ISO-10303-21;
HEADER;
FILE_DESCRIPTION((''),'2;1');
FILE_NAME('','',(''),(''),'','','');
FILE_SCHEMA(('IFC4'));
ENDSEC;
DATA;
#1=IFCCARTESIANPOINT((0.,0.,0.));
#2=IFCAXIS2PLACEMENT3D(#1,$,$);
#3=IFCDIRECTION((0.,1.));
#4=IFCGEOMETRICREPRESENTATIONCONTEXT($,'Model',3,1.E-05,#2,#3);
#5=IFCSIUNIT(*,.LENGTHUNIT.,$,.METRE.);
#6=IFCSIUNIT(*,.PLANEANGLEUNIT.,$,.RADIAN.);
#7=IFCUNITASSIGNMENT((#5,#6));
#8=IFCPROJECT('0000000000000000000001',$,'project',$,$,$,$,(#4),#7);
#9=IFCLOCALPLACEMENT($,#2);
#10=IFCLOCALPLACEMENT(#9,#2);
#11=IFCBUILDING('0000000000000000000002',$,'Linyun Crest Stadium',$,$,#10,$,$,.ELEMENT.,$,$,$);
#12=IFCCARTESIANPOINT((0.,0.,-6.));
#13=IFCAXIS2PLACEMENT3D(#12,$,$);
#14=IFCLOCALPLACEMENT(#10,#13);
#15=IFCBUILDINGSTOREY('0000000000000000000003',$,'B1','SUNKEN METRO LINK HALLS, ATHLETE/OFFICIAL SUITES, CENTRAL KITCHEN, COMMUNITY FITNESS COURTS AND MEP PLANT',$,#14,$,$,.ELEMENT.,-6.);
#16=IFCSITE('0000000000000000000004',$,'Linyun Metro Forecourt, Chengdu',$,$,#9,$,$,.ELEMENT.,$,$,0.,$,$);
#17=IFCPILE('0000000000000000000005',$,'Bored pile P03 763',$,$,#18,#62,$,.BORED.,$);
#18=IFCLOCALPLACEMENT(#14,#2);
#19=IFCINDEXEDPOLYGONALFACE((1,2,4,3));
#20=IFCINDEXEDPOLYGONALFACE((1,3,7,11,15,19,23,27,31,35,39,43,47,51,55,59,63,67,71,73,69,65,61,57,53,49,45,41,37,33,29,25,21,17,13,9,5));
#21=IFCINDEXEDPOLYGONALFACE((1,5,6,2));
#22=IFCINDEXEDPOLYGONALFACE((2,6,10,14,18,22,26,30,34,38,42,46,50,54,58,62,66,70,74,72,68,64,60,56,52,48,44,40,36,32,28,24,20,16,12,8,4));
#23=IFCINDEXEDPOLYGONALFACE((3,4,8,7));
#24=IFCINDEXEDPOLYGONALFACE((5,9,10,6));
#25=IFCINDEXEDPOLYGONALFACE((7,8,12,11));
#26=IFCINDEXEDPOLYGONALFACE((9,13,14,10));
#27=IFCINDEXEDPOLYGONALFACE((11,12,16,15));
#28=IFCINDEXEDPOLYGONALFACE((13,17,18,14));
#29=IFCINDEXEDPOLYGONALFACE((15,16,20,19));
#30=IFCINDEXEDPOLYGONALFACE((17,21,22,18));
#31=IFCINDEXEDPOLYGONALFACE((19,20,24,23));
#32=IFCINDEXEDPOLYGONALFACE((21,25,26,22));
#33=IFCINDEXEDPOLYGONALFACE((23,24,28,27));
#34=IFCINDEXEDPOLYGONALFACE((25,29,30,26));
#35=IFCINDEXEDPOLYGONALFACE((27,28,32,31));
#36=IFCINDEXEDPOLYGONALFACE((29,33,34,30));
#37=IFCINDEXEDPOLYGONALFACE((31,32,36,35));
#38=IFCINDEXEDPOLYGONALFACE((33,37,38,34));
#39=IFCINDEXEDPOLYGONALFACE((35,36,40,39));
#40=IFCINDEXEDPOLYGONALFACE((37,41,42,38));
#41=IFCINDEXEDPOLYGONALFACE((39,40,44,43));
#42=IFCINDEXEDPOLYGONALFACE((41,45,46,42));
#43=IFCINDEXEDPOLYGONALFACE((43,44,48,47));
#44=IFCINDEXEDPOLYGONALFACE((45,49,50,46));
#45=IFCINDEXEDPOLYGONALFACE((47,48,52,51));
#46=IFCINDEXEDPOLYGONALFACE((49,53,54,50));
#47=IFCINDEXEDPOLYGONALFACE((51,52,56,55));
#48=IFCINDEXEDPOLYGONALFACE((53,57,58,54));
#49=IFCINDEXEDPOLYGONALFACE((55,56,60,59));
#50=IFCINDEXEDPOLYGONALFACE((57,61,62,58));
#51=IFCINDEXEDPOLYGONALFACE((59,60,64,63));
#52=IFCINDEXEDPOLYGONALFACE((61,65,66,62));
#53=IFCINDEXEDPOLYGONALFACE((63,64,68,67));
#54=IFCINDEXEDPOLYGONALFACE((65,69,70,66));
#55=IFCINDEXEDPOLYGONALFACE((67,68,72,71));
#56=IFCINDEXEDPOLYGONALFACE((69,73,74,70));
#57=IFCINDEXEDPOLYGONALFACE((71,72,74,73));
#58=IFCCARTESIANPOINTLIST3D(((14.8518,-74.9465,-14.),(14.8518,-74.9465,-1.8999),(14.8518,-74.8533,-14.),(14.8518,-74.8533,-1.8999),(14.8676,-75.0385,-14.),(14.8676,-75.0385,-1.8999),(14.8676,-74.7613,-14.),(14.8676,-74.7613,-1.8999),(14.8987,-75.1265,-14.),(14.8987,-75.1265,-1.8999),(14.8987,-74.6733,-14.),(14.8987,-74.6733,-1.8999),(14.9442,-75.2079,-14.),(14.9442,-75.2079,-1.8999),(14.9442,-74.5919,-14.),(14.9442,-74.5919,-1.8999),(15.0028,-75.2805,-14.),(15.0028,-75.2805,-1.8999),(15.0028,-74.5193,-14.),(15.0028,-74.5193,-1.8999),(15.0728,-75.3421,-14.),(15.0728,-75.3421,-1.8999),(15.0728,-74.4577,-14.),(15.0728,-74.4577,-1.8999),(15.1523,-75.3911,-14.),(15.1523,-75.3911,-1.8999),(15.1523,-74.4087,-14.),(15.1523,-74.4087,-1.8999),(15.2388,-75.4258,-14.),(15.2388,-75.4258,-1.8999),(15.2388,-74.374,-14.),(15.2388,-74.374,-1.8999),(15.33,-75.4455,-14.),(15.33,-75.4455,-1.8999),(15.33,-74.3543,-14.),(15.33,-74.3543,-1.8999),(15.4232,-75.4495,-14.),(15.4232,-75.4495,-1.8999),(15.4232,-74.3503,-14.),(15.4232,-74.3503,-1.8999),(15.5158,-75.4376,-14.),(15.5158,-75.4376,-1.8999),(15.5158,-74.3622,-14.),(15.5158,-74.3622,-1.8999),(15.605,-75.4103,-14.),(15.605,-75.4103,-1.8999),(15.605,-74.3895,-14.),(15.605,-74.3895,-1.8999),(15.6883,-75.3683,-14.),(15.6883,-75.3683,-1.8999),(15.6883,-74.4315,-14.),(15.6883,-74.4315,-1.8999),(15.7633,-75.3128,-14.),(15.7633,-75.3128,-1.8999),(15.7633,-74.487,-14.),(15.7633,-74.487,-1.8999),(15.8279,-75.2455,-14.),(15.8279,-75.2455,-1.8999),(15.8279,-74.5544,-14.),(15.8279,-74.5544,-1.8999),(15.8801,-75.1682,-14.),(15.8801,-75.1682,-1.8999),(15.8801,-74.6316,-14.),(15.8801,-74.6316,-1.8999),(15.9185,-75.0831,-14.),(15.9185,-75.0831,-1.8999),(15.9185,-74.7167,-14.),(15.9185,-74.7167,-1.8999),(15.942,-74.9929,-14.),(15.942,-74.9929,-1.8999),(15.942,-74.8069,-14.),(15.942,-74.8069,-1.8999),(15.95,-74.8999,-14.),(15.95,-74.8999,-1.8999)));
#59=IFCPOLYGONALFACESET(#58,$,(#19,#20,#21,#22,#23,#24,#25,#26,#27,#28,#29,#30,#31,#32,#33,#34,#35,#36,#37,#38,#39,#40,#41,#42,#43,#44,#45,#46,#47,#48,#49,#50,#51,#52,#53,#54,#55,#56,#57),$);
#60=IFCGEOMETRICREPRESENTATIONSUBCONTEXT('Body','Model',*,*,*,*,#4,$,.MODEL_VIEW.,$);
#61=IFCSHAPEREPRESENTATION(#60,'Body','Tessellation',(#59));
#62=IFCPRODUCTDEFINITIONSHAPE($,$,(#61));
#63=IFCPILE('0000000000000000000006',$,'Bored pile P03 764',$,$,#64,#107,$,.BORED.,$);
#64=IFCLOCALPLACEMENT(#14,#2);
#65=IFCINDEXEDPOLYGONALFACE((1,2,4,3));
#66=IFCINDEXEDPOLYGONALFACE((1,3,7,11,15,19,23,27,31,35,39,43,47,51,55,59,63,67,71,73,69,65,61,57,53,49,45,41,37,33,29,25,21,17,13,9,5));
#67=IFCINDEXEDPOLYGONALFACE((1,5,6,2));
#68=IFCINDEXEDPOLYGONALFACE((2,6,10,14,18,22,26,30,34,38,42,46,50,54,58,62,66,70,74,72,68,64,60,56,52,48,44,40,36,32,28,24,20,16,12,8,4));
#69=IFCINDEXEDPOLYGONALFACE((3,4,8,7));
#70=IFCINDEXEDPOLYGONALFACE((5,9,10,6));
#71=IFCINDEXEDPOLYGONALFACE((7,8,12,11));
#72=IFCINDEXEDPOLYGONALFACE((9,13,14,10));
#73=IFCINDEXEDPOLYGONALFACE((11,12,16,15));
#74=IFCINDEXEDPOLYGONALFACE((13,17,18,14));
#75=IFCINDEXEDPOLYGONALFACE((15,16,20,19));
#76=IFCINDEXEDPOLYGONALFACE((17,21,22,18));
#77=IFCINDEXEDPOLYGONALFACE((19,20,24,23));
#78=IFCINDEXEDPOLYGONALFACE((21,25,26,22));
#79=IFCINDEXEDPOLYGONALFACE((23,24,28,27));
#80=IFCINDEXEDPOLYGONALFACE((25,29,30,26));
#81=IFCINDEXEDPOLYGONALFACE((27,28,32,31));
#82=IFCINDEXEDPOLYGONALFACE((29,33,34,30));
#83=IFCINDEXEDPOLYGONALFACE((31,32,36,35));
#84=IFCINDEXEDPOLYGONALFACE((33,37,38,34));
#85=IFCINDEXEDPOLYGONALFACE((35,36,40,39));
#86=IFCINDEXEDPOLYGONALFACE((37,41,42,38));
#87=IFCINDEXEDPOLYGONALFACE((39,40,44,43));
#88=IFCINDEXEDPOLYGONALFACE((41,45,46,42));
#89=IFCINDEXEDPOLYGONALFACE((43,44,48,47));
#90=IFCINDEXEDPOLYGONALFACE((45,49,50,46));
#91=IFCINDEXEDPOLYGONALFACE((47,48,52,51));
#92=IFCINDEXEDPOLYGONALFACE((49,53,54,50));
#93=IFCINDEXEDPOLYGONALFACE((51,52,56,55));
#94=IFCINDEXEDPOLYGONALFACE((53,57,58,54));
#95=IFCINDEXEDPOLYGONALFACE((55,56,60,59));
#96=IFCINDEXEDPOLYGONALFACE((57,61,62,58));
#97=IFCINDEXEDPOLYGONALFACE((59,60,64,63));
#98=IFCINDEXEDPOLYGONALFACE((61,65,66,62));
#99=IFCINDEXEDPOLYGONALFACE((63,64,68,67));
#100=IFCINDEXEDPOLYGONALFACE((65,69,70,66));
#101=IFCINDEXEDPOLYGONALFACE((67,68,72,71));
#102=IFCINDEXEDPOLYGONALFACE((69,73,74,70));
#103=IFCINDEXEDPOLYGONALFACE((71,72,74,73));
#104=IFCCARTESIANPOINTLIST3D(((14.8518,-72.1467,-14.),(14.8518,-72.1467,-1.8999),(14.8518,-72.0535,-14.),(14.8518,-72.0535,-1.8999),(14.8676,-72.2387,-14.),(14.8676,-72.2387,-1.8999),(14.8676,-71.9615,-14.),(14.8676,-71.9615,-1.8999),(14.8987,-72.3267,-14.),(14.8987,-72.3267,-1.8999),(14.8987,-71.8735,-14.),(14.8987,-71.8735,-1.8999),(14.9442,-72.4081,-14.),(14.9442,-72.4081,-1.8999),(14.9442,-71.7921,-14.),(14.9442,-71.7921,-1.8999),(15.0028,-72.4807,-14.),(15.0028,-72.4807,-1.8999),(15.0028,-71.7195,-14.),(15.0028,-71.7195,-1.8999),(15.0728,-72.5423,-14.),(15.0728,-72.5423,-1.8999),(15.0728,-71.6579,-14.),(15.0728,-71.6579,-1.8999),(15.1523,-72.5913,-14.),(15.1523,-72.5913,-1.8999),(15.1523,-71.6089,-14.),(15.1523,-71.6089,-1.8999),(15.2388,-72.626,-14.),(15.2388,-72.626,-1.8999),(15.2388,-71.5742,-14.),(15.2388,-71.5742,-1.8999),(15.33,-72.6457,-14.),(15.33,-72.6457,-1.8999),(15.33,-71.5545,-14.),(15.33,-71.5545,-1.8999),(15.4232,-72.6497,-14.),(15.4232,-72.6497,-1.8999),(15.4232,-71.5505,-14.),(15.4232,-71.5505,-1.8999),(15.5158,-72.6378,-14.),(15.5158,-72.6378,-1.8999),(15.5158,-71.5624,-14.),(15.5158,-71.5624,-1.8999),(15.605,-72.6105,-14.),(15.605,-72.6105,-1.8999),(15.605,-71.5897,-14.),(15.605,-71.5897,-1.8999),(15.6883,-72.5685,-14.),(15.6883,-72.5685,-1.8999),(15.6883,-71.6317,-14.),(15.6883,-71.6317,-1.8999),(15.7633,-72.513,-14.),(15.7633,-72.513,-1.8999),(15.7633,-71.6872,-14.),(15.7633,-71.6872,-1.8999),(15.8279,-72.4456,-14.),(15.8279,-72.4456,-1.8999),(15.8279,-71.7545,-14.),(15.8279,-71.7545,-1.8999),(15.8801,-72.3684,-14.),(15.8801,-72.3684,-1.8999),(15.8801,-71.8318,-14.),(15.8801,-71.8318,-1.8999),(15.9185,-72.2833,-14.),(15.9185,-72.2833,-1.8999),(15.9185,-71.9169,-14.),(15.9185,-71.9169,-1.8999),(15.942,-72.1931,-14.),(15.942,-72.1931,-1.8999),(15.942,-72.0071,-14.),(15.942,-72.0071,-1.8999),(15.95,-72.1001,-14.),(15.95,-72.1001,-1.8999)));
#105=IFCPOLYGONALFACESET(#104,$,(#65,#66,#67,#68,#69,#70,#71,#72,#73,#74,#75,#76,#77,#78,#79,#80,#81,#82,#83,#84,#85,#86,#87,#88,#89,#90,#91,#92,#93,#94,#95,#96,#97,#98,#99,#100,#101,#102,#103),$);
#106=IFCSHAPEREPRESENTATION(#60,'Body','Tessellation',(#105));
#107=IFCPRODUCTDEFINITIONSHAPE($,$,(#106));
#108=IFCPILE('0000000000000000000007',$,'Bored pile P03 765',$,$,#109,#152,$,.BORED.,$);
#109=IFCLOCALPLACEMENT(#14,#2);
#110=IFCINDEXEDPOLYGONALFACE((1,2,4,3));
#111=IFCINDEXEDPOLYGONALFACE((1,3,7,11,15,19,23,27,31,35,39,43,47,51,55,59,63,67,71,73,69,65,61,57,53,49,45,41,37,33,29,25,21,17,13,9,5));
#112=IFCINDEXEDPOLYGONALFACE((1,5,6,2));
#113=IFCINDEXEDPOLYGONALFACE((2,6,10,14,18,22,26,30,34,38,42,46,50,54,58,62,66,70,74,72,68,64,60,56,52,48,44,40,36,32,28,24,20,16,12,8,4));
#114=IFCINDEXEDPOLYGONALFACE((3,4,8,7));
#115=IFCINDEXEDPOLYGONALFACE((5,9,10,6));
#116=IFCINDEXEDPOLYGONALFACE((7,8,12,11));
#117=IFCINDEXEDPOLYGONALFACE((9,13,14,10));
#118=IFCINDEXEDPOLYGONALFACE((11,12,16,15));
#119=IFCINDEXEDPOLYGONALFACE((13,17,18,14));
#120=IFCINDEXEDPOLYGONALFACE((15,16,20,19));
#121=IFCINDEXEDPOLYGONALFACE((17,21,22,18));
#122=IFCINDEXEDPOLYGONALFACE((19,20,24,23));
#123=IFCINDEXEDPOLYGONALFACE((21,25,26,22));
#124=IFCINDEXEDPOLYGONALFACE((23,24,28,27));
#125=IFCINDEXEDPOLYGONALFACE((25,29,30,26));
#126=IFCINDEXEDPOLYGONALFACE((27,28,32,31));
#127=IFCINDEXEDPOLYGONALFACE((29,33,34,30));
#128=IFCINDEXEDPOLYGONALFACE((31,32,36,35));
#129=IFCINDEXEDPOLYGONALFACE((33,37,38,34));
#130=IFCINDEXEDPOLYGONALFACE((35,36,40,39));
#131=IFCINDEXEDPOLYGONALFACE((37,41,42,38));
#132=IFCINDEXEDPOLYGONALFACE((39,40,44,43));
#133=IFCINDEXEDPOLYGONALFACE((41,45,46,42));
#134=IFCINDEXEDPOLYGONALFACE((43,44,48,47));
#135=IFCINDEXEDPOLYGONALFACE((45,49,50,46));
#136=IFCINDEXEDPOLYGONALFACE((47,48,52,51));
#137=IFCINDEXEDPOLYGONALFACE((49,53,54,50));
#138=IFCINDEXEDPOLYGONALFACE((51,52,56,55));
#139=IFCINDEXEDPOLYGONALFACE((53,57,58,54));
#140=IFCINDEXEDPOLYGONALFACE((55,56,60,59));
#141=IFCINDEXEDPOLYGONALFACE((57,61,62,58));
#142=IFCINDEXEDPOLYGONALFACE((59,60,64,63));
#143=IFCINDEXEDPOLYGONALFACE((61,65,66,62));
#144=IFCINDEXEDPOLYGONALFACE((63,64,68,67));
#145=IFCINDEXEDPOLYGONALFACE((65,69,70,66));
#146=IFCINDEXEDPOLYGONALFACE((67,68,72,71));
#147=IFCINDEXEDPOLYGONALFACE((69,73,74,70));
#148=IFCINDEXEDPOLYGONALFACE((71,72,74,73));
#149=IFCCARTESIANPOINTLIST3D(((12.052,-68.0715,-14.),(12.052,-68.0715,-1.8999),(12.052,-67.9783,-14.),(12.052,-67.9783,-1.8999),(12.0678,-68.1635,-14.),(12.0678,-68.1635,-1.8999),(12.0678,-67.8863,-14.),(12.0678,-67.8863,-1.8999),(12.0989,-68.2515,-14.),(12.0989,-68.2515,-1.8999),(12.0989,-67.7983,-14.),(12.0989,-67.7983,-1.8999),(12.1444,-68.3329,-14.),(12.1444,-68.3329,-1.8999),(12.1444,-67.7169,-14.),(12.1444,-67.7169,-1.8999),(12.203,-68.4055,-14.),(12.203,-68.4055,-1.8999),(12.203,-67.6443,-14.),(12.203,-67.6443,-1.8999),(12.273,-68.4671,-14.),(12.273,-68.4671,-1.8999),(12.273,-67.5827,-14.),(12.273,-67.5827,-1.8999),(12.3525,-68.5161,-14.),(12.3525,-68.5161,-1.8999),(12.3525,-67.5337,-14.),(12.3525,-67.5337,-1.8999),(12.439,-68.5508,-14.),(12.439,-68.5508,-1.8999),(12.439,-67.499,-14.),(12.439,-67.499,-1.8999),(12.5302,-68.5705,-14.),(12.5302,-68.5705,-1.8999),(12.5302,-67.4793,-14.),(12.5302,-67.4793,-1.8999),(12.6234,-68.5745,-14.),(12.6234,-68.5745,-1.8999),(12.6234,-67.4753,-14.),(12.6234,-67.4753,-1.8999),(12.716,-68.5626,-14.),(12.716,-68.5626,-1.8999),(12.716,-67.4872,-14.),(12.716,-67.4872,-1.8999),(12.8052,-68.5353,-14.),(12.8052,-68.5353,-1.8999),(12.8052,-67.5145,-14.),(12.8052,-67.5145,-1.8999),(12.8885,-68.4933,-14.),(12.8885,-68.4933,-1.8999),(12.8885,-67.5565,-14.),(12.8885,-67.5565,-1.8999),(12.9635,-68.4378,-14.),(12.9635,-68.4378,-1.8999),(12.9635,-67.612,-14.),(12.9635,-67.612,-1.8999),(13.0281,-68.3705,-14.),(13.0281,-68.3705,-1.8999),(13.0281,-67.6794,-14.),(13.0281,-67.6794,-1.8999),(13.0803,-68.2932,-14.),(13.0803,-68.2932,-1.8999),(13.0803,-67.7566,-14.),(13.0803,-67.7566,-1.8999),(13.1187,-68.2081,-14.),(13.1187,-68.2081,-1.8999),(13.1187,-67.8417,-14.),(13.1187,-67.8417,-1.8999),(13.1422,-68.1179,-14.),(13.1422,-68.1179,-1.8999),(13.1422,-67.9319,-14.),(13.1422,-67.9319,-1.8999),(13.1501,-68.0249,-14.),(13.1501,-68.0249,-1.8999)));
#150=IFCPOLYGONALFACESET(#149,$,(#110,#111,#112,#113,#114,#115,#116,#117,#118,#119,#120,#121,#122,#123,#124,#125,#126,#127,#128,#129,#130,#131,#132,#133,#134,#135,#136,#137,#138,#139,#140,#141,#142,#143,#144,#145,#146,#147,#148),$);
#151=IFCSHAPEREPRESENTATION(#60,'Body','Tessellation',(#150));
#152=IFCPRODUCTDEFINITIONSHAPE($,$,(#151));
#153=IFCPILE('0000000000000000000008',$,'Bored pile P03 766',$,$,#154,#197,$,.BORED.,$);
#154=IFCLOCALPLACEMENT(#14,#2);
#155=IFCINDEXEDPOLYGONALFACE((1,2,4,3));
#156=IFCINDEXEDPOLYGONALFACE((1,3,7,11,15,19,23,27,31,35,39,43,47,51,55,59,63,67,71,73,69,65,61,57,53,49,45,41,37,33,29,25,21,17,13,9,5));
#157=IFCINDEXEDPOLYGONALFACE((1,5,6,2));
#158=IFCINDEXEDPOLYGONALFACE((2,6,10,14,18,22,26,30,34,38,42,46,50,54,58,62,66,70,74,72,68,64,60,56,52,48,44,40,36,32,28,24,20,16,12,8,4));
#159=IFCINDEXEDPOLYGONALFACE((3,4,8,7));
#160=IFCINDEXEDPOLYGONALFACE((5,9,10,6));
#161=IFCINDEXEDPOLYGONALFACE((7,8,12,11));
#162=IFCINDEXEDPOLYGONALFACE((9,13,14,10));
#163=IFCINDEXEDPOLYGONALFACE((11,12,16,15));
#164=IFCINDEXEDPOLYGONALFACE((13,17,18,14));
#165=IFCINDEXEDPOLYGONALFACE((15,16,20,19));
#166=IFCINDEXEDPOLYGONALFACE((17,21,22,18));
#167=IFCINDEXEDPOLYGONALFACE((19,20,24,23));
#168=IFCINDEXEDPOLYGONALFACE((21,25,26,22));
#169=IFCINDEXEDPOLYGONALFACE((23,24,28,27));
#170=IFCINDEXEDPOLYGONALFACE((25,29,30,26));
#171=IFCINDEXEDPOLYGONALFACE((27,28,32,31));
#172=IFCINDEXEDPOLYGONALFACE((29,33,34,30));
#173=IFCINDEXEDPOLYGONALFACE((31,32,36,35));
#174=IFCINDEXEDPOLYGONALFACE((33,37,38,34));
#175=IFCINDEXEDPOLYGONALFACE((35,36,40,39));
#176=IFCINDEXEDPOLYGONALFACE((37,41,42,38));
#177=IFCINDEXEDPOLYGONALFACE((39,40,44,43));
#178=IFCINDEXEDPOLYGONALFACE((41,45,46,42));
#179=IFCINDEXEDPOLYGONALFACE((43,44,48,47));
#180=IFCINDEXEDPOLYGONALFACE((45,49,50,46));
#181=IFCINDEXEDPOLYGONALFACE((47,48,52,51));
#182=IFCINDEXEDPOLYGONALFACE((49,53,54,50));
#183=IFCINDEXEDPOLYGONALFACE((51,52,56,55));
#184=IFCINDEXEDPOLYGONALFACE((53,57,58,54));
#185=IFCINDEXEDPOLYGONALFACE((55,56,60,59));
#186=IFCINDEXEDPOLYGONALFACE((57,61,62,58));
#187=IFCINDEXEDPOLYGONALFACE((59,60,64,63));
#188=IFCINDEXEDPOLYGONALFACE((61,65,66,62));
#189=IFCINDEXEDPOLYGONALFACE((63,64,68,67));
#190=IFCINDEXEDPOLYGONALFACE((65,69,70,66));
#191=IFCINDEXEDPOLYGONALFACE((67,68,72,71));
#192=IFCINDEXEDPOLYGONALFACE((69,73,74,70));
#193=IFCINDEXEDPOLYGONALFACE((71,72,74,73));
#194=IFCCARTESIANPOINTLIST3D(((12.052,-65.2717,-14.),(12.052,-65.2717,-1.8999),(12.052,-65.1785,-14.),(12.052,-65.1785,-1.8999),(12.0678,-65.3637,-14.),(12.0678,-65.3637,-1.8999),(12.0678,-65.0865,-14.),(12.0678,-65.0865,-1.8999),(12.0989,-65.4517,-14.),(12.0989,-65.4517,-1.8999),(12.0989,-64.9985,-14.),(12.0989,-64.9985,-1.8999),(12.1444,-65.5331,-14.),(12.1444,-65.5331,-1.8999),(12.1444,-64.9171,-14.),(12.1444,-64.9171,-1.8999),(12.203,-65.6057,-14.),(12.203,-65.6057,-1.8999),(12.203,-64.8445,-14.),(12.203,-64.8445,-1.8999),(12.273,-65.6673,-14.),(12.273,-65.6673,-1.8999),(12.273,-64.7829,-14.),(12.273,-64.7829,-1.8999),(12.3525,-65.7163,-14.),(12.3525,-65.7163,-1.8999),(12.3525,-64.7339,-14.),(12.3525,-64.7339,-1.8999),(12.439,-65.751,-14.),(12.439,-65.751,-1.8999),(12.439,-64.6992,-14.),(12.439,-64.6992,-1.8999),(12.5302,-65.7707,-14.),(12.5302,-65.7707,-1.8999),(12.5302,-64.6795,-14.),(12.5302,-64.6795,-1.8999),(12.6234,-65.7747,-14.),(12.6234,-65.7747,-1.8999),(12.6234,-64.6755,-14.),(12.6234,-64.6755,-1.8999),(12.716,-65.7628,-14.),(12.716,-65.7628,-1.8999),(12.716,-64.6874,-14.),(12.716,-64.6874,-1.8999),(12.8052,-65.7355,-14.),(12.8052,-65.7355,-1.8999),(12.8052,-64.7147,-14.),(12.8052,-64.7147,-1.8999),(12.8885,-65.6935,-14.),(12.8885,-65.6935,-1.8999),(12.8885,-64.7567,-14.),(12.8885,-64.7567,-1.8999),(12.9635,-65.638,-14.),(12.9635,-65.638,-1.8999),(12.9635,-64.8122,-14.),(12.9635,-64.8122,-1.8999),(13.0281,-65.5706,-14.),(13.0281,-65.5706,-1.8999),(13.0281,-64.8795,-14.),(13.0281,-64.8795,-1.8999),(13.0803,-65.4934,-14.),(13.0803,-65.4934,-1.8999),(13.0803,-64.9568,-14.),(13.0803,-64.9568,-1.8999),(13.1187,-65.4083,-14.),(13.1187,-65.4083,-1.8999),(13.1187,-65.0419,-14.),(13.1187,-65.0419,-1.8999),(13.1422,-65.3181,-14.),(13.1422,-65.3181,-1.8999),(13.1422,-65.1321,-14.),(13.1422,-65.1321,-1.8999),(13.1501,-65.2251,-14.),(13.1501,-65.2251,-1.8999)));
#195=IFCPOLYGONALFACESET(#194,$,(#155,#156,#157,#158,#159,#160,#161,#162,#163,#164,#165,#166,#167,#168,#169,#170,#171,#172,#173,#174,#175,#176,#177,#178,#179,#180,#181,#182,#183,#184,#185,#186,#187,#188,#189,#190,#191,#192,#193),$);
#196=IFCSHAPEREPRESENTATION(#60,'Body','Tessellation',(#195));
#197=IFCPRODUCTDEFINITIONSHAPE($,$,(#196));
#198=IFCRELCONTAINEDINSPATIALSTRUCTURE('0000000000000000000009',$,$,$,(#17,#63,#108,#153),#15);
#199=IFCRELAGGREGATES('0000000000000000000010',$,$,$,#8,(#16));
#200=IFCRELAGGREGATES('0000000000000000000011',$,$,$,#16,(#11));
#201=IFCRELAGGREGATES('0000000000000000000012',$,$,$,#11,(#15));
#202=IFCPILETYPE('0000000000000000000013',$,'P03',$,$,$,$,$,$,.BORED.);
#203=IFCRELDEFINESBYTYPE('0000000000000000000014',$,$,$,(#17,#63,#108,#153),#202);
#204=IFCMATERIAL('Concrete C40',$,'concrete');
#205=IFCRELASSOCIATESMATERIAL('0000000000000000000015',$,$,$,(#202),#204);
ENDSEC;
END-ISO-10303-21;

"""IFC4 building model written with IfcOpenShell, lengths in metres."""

from ifc_helpers import new_model, si_unit, direction, frame, origin, origin_2d, place, context, subcontext, project, spatial, circle, extrude, material, material_profile, profile_set, type_object, element, save


model = new_model("IFC4")

# Units and contexts
model_context = context("Model", 3, precision=1e-05, world=origin(), true_north=direction((0.0, 1.0)))
body_context = subcontext(model_context, "Body", "Model", "MODEL_VIEW")
ifc_project = project(units=[si_unit("LENGTHUNIT", "METRE"), si_unit("PLANEANGLEUNIT", "RADIAN")], contexts=[model_context])

# Site, building, storey
site_placement = place(None, origin())
site = spatial("IfcSite", under=ifc_project, at=site_placement, Name="Linyun Metro Forecourt, Chengdu", CompositionType="ELEMENT", RefElevation=0.0)
building_placement = place(site_placement, origin())
building = spatial("IfcBuilding", under=site, at=building_placement, Name="Linyun Crest Stadium", CompositionType="ELEMENT")
storey_placement = place(building_placement, frame((0.0, 0.0, -6.0)))
storey = spatial("IfcBuildingStorey", under=building, at=storey_placement, Name="B1", Description="SUNKEN METRO LINK HALLS, ATHLETE/OFFICIAL SUITES, CENTRAL KITCHEN, COMMUNITY FITNESS COURTS AND MEP PLANT", CompositionType="ELEMENT", Elevation=-6.0)

# Piles
ifc_material_1 = material(Name="Concrete C40", Category="concrete")
ifc_material_profile_1 = material_profile(ifc_material_1, circle(Radius=0.55, at=origin_2d()), Name="BORED PILE 1100")
ifc_profile_set_1 = profile_set([ifc_material_profile_1], Name="Concrete C40")
pile_type_1 = type_object("IfcPileType", Name="P03", PredefinedType="BORED", material=ifc_profile_set_1)
for number, where, z_axis, x_axis, name in (
    (1, (15.3999, -74.8999, -1.8999), (0.0, 0.0, -1.0), (1.0, 0.0, 0.0), "Bored pile P03 763"),
    (2, (15.3999, -72.1001, -1.8999), (0.0, 0.0, -1.0), (1.0, 0.0, 0.0), "Bored pile P03 764"),
    (3, (12.6001, -68.0249, -1.8999), (0.0, 0.0, -1.0), (1.0, 0.0, 0.0), "Bored pile P03 765"),
    (4, (12.6001, -65.2251, -1.8999), (0.0, 0.0, -1.0), (1.0, 0.0, 0.0), "Bored pile P03 766"),
):
    element("IfcPile", number, at=place(storey_placement, frame(where, z_axis=z_axis, x_axis=x_axis)), inside=storey, type_object=pile_type_1, Name=name, PredefinedType="BORED", context=body_context, shape_type="SweptSolid", body=[
        extrude(circle(Radius=0.55, at=origin_2d()), origin(), (0.0, 0.0, 1.0), 12.1001),
    ])

save(model, "model.ifc")
